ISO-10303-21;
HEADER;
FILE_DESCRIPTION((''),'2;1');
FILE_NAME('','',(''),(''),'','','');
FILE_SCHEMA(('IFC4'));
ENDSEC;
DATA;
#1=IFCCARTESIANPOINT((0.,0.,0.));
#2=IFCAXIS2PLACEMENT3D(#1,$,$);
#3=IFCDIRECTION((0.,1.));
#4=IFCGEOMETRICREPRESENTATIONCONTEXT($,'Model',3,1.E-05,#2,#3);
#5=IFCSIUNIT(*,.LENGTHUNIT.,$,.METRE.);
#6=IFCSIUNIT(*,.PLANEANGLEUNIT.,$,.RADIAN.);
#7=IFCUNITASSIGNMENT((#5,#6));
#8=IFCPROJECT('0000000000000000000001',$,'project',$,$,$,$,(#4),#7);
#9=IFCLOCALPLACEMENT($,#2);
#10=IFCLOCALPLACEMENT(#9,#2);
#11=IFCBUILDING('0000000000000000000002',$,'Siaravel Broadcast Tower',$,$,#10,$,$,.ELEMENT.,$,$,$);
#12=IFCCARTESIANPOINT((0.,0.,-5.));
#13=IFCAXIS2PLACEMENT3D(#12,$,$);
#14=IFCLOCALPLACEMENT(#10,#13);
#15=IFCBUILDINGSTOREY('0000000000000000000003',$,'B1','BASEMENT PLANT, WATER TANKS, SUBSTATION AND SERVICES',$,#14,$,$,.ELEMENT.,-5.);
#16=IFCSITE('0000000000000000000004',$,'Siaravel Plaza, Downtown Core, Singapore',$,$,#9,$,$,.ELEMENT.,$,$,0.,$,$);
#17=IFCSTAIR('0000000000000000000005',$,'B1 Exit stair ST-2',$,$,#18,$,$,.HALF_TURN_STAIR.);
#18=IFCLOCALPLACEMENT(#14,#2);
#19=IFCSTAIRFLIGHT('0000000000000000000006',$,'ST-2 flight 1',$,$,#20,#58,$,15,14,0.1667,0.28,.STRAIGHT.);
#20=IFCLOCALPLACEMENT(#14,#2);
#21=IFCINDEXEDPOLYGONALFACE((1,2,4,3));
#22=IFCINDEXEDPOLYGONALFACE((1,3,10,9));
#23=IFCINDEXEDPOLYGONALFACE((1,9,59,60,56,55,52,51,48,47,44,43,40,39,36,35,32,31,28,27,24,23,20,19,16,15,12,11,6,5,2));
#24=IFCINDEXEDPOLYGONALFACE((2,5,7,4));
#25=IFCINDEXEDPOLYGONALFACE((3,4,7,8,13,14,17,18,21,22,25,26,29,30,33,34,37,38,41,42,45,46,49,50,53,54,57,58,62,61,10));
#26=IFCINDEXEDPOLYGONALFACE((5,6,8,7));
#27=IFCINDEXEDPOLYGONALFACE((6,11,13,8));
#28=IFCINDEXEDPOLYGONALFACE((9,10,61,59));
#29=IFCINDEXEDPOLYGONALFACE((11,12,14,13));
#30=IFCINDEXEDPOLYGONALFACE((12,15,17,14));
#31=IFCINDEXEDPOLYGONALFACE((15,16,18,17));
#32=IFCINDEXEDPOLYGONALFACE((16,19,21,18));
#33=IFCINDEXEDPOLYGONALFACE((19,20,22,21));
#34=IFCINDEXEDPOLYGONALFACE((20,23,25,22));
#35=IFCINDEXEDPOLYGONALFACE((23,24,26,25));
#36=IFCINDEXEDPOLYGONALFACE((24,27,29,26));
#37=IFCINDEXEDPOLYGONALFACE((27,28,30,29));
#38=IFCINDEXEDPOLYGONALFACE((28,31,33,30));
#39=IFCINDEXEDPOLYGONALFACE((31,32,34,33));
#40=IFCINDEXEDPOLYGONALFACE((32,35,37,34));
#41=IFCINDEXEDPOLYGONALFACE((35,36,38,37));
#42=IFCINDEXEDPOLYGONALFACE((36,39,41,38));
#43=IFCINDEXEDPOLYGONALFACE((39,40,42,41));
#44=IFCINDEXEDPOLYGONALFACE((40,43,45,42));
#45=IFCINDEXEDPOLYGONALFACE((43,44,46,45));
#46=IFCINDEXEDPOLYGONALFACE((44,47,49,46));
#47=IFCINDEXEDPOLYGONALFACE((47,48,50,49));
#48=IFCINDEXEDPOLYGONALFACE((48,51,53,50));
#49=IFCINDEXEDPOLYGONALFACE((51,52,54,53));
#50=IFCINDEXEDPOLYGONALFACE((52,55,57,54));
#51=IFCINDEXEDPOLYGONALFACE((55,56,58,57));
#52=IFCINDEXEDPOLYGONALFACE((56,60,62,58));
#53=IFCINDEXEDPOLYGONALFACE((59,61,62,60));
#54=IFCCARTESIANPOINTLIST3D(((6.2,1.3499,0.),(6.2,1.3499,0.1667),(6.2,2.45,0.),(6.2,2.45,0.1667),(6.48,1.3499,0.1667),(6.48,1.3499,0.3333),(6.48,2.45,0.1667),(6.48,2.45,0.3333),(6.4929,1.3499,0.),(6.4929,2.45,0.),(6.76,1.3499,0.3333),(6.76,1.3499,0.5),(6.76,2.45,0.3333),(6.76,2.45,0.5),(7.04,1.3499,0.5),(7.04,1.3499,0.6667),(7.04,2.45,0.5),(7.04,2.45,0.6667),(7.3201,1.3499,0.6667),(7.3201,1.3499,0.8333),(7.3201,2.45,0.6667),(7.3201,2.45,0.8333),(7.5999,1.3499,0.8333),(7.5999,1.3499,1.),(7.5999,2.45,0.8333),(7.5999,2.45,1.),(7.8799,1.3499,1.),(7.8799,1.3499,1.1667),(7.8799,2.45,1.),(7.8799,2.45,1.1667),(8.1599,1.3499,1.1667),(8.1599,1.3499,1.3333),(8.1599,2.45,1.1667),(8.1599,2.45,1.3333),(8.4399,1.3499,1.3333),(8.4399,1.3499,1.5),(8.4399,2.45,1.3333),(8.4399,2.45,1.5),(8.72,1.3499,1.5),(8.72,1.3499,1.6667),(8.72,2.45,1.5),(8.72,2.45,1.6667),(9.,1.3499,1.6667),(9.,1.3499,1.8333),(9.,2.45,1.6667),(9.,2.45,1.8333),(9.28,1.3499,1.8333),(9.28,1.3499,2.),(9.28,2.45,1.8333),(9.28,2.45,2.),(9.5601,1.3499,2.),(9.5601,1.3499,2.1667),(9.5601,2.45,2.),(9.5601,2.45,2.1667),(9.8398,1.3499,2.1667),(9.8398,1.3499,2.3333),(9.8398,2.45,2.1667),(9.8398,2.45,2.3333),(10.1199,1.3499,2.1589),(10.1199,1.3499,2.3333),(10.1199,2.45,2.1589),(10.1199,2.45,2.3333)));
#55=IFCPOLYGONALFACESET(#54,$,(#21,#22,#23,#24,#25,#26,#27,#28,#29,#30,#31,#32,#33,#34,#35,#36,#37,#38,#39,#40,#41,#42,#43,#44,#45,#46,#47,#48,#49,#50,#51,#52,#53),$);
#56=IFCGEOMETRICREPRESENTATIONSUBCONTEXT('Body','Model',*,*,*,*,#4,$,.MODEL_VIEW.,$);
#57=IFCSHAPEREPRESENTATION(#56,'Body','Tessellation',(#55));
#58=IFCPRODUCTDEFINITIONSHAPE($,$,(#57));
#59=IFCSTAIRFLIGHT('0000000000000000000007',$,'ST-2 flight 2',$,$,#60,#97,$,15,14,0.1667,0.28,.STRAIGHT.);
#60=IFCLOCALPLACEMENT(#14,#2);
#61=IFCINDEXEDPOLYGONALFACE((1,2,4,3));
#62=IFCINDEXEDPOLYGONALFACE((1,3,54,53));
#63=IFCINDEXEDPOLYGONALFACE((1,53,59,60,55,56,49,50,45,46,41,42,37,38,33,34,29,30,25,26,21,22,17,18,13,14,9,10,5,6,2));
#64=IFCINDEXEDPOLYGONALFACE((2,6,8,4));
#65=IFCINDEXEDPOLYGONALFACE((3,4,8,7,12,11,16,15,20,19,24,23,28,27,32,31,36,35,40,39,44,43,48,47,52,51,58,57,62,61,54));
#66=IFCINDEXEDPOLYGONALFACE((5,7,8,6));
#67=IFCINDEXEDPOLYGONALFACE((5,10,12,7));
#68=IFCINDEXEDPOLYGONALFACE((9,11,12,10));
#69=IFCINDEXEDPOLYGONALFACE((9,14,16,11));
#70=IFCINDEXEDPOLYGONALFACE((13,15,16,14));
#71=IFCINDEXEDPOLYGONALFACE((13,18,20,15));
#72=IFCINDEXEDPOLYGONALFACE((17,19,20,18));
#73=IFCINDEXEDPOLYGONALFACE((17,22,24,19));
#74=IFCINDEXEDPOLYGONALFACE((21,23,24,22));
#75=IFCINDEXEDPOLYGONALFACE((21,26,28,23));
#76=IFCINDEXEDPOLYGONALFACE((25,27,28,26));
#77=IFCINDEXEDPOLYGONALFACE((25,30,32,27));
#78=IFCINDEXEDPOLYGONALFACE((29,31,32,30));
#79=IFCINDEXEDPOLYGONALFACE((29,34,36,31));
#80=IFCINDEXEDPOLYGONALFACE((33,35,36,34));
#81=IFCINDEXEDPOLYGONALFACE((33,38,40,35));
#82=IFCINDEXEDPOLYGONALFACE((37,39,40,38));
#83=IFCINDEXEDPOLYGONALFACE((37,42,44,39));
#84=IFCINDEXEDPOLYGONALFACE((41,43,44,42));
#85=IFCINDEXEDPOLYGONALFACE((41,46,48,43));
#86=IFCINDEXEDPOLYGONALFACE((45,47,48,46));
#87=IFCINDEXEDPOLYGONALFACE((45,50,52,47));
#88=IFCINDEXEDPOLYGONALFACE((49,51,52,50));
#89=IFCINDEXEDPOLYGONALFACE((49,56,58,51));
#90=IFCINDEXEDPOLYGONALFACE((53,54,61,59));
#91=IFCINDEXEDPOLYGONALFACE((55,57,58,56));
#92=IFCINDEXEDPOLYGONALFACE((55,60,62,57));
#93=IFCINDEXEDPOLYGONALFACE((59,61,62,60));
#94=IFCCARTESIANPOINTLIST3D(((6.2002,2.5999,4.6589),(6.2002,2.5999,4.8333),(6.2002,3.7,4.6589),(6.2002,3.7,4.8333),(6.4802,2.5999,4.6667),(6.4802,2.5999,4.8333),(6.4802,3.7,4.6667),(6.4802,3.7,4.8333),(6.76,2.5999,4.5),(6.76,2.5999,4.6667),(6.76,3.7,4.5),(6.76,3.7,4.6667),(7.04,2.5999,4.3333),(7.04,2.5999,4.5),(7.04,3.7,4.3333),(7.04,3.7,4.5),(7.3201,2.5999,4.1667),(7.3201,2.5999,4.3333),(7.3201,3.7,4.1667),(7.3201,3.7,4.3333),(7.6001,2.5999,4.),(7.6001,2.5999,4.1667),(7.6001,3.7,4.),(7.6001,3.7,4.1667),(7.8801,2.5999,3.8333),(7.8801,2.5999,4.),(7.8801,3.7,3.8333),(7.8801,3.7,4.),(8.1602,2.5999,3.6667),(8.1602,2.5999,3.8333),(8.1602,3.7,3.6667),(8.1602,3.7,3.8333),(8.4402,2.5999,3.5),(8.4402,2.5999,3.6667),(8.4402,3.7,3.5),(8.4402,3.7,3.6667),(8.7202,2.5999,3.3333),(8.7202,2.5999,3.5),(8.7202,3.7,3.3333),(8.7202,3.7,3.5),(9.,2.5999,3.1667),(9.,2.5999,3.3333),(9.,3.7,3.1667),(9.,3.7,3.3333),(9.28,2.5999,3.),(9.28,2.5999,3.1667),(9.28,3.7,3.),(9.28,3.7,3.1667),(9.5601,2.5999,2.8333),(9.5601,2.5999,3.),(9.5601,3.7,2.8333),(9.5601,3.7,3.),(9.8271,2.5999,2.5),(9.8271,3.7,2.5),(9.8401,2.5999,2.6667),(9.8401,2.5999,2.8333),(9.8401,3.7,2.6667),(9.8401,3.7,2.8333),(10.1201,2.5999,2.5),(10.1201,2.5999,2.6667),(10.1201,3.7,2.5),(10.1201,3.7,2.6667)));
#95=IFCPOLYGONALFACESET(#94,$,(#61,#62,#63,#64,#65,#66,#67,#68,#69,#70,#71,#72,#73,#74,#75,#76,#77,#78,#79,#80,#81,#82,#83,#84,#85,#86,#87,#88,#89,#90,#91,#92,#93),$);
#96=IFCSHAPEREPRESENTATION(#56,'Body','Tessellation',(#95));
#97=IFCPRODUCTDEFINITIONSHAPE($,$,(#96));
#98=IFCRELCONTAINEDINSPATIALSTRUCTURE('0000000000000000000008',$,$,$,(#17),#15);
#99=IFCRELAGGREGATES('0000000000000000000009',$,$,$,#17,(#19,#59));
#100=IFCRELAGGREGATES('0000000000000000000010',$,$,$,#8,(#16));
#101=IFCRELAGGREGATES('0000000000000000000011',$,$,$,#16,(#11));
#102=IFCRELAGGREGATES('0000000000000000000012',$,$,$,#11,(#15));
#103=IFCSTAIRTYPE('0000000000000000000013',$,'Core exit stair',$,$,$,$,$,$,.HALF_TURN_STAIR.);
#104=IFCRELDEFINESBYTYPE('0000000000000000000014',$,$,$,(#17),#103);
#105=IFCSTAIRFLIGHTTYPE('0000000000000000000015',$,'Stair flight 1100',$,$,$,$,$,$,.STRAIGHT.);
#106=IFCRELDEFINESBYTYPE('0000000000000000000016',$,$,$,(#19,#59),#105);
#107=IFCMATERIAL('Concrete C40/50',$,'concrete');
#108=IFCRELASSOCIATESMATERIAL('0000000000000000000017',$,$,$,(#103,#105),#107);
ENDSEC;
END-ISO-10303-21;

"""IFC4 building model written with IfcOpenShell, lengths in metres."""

from ifc_helpers import new_model, si_unit, direction, frame, origin, place, context, subcontext, project, spatial, polyline, outline, extrude, material, type_object, element, aggregate, save


model = new_model("IFC4")

# Units and contexts
model_context = context("Model", 3, precision=1e-05, world=origin(), true_north=direction((0.0, 1.0)))
body_context = subcontext(model_context, "Body", "Model", "MODEL_VIEW")
ifc_project = project(units=[si_unit("LENGTHUNIT", "METRE"), si_unit("PLANEANGLEUNIT", "RADIAN")], contexts=[model_context])

# Site, building, storey
site_placement = place(None, origin())
site = spatial("IfcSite", under=ifc_project, at=site_placement, Name="Siaravel Plaza, Downtown Core, Singapore", CompositionType="ELEMENT", RefElevation=0.0)
building_placement = place(site_placement, origin())
building = spatial("IfcBuilding", under=site, at=building_placement, Name="Siaravel Broadcast Tower", CompositionType="ELEMENT")
storey_placement = place(building_placement, frame((0.0, 0.0, -5.0)))
storey = spatial("IfcBuildingStorey", under=building, at=storey_placement, Name="B1", Description="BASEMENT PLANT, WATER TANKS, SUBSTATION AND SERVICES", CompositionType="ELEMENT", Elevation=-5.0)

# Shared definitions
ifc_material_1 = material(Name="Concrete C40/50", Category="concrete")

# Stair
stair_type = type_object("IfcStairType", Name="Core exit stair", PredefinedType="HALF_TURN_STAIR", material=ifc_material_1)
stair_placement = place(storey_placement, origin())
stair = element("IfcStair", 1, at=stair_placement, inside=storey, type_object=stair_type, Name="B1 Exit stair ST-2", PredefinedType="HALF_TURN_STAIR")

# Stair flights
stair_flight_type = type_object("IfcStairFlightType", Name="Stair flight 1100", PredefinedType="STRAIGHT", material=ifc_material_1)
stair_flight_1_placement = place(storey_placement, frame((6.2, 1.8999, 0.0), z_axis=(0.0, 0.0, 1.0), x_axis=(1.0, 0.0, 0.0)))
stair_flight_1 = element("IfcStairFlight", 2, at=stair_flight_1_placement, type_object=stair_flight_type, Name="ST-2 flight 1", NumberOfRisers=15, NumberOfTreads=14, PredefinedType="STRAIGHT", RiserHeight=0.1667, TreadLength=0.28, context=body_context, shape_type="SweptSolid", body=[
    extrude(outline(polyline([(0.0, 0.0), (0.0, 0.1667), (0.28, 0.1667), (0.28, 0.3333), (0.5601, 0.3333), (0.5601, 0.5), (0.8401, 0.5), (0.8401, 0.6667), (1.1201, 0.6667), (1.1201, 0.8333), (1.3999, 0.8333), (1.3999, 1.0), (1.6799, 1.0), (1.6799, 1.1667), (1.96, 1.1667), (1.96, 1.3333), (2.24, 1.3333), (2.24, 1.5), (2.52, 1.5), (2.52, 1.6667), (2.8, 1.6667), (2.8, 1.8333), (3.0801, 1.8333), (3.0801, 2.0), (3.3601, 2.0), (3.3601, 2.1667), (3.6399, 2.1667), (3.6399, 2.3333), (3.9199, 2.3333), (3.9199, 2.5), (3.9199, 2.1589), (0.293, 0.0), (0.0, 0.0)])), frame((0.0, 0.55, 0.0), z_axis=(0.0, -1.0, 0.0), x_axis=(1.0, 0.0, 0.0)), (0.0, 0.0, 1.0), 1.1001),
])
stair_flight_2_placement = place(storey_placement, frame((10.1201, 3.1499, 2.5), z_axis=(0.0, 0.0, 1.0), x_axis=(-1.0, 0.0, 0.0)))
stair_flight_2 = element("IfcStairFlight", 3, at=stair_flight_2_placement, type_object=stair_flight_type, Name="ST-2 flight 2", NumberOfRisers=15, NumberOfTreads=14, PredefinedType="STRAIGHT", RiserHeight=0.1667, TreadLength=0.28, context=body_context, shape_type="SweptSolid", body=[
    extrude(outline(polyline([(0.0, 0.0), (0.0, 0.1667), (0.28, 0.1667), (0.28, 0.3333), (0.5601, 0.3333), (0.5601, 0.5), (0.8401, 0.5), (0.8401, 0.6667), (1.1201, 0.6667), (1.1201, 0.8333), (1.3999, 0.8333), (1.3999, 1.0), (1.6799, 1.0), (1.6799, 1.1667), (1.96, 1.1667), (1.96, 1.3333), (2.24, 1.3333), (2.24, 1.5), (2.52, 1.5), (2.52, 1.6667), (2.8, 1.6667), (2.8, 1.8333), (3.0801, 1.8333), (3.0801, 2.0), (3.3601, 2.0), (3.3601, 2.1667), (3.6399, 2.1667), (3.6399, 2.3333), (3.9199, 2.3333), (3.9199, 2.5), (3.9199, 2.1589), (0.293, 0.0), (0.0, 0.0)])), frame((0.0, 0.55, 0.0), z_axis=(0.0, -1.0, 0.0), x_axis=(1.0, 0.0, 0.0)), (0.0, 0.0, 1.0), 1.1001),
])
aggregate(stair, [stair_flight_1, stair_flight_2])

save(model, "model.ifc")
